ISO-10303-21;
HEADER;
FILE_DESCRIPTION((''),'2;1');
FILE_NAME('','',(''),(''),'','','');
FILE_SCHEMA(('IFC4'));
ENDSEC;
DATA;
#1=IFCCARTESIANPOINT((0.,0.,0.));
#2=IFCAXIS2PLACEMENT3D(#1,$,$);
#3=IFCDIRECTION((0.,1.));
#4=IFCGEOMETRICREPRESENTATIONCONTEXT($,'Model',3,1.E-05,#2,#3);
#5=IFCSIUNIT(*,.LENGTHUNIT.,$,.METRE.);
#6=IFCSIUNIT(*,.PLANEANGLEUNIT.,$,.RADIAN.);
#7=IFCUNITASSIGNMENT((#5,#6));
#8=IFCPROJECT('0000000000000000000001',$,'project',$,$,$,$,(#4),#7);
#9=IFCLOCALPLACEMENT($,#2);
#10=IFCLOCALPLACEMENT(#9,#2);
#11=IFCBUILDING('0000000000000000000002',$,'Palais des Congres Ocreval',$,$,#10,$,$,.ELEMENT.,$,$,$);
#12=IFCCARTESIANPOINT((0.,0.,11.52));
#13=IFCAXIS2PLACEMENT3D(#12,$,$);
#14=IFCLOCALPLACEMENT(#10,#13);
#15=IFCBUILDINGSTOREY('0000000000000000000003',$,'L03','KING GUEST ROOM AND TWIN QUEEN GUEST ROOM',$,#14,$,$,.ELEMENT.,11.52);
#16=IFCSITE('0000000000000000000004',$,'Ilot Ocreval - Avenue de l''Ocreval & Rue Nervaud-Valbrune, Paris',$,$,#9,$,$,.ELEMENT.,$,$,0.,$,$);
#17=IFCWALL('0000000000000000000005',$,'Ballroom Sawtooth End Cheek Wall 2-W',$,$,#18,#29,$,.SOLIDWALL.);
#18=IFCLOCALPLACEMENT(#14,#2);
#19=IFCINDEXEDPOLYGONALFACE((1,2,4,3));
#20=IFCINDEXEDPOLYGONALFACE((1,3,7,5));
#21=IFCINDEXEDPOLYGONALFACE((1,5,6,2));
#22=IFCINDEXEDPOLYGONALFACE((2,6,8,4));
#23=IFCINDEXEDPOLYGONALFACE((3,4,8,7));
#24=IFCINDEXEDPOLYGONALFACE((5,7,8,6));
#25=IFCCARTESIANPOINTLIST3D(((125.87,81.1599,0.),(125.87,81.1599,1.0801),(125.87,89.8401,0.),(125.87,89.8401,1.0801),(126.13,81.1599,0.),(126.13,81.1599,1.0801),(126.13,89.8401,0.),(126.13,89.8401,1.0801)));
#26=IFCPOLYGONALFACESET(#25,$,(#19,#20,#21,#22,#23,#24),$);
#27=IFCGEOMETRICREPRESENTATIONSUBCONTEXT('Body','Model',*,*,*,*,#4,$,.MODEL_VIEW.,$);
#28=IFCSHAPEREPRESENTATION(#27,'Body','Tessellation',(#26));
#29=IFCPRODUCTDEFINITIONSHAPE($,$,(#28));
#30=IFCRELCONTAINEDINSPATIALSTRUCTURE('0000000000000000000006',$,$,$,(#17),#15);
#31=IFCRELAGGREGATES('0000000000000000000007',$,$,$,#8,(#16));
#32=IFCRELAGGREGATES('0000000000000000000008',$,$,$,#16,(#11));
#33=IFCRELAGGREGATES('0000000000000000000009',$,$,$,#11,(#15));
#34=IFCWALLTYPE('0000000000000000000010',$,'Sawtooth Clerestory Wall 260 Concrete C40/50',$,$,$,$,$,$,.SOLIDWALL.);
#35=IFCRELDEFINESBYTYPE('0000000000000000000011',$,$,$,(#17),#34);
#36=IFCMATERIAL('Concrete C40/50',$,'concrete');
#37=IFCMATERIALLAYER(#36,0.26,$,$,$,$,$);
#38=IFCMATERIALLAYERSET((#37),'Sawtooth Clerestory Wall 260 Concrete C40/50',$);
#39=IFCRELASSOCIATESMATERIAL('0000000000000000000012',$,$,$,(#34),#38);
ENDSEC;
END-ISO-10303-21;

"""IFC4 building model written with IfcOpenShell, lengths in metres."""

from ifc_helpers import new_model, si_unit, direction, frame, frame_2d, origin, place, context, subcontext, project, spatial, rectangle, extrude, material, layer, layer_set, type_object, element, save


model = new_model("IFC4")

# Units and contexts
model_context = context("Model", 3, precision=1e-05, world=origin(), true_north=direction((0.0, 1.0)))
body_context = subcontext(model_context, "Body", "Model", "MODEL_VIEW")
ifc_project = project(units=[si_unit("LENGTHUNIT", "METRE"), si_unit("PLANEANGLEUNIT", "RADIAN")], contexts=[model_context])

# Site, building, storey
site_placement = place(None, origin())
site = spatial("IfcSite", under=ifc_project, at=site_placement, Name="Ilot Ocreval - Avenue de l'Ocreval & Rue Nervaud-Valbrune, Paris", CompositionType="ELEMENT", RefElevation=0.0)
building_placement = place(site_placement, origin())
building = spatial("IfcBuilding", under=site, at=building_placement, Name="Palais des Congres Ocreval", CompositionType="ELEMENT")
storey_placement = place(building_placement, frame((0.0, 0.0, 11.52)))
storey = spatial("IfcBuildingStorey", under=building, at=storey_placement, Name="L03", Description="KING GUEST ROOM AND TWIN QUEEN GUEST ROOM", CompositionType="ELEMENT", Elevation=11.52)

# Shared definitions
ifc_material_1 = material(Name="Concrete C40/50", Category="concrete")

# Shared definitions
ifc_layer_1 = layer(ifc_material_1, 0.26)
ifc_layer_set_1 = layer_set([ifc_layer_1], Name="Sawtooth Clerestory Wall 260 Concrete C40/50")
wall_type = type_object("IfcWallType", Name="Sawtooth Clerestory Wall 260 Concrete C40/50", PredefinedType="SOLIDWALL", material=ifc_layer_set_1)

# Wall
wall_1_placement = place(storey_placement, frame((126.0, 81.1599, 0.0), z_axis=(0.0, 0.0, 1.0), x_axis=(0.0, 1.0, 0.0)))
element("IfcWall", 1, at=wall_1_placement, inside=storey, type_object=wall_type, Name="Ballroom Sawtooth End Cheek Wall 2-W", PredefinedType="SOLIDWALL", context=body_context, shape_type="SweptSolid", body=[
    extrude(rectangle(XDim=8.6802, YDim=0.26, at=frame_2d((4.3401, 0.0))), origin(), (0.0, 0.0, 1.0), 1.0801),
])

save(model, "model.ifc")
